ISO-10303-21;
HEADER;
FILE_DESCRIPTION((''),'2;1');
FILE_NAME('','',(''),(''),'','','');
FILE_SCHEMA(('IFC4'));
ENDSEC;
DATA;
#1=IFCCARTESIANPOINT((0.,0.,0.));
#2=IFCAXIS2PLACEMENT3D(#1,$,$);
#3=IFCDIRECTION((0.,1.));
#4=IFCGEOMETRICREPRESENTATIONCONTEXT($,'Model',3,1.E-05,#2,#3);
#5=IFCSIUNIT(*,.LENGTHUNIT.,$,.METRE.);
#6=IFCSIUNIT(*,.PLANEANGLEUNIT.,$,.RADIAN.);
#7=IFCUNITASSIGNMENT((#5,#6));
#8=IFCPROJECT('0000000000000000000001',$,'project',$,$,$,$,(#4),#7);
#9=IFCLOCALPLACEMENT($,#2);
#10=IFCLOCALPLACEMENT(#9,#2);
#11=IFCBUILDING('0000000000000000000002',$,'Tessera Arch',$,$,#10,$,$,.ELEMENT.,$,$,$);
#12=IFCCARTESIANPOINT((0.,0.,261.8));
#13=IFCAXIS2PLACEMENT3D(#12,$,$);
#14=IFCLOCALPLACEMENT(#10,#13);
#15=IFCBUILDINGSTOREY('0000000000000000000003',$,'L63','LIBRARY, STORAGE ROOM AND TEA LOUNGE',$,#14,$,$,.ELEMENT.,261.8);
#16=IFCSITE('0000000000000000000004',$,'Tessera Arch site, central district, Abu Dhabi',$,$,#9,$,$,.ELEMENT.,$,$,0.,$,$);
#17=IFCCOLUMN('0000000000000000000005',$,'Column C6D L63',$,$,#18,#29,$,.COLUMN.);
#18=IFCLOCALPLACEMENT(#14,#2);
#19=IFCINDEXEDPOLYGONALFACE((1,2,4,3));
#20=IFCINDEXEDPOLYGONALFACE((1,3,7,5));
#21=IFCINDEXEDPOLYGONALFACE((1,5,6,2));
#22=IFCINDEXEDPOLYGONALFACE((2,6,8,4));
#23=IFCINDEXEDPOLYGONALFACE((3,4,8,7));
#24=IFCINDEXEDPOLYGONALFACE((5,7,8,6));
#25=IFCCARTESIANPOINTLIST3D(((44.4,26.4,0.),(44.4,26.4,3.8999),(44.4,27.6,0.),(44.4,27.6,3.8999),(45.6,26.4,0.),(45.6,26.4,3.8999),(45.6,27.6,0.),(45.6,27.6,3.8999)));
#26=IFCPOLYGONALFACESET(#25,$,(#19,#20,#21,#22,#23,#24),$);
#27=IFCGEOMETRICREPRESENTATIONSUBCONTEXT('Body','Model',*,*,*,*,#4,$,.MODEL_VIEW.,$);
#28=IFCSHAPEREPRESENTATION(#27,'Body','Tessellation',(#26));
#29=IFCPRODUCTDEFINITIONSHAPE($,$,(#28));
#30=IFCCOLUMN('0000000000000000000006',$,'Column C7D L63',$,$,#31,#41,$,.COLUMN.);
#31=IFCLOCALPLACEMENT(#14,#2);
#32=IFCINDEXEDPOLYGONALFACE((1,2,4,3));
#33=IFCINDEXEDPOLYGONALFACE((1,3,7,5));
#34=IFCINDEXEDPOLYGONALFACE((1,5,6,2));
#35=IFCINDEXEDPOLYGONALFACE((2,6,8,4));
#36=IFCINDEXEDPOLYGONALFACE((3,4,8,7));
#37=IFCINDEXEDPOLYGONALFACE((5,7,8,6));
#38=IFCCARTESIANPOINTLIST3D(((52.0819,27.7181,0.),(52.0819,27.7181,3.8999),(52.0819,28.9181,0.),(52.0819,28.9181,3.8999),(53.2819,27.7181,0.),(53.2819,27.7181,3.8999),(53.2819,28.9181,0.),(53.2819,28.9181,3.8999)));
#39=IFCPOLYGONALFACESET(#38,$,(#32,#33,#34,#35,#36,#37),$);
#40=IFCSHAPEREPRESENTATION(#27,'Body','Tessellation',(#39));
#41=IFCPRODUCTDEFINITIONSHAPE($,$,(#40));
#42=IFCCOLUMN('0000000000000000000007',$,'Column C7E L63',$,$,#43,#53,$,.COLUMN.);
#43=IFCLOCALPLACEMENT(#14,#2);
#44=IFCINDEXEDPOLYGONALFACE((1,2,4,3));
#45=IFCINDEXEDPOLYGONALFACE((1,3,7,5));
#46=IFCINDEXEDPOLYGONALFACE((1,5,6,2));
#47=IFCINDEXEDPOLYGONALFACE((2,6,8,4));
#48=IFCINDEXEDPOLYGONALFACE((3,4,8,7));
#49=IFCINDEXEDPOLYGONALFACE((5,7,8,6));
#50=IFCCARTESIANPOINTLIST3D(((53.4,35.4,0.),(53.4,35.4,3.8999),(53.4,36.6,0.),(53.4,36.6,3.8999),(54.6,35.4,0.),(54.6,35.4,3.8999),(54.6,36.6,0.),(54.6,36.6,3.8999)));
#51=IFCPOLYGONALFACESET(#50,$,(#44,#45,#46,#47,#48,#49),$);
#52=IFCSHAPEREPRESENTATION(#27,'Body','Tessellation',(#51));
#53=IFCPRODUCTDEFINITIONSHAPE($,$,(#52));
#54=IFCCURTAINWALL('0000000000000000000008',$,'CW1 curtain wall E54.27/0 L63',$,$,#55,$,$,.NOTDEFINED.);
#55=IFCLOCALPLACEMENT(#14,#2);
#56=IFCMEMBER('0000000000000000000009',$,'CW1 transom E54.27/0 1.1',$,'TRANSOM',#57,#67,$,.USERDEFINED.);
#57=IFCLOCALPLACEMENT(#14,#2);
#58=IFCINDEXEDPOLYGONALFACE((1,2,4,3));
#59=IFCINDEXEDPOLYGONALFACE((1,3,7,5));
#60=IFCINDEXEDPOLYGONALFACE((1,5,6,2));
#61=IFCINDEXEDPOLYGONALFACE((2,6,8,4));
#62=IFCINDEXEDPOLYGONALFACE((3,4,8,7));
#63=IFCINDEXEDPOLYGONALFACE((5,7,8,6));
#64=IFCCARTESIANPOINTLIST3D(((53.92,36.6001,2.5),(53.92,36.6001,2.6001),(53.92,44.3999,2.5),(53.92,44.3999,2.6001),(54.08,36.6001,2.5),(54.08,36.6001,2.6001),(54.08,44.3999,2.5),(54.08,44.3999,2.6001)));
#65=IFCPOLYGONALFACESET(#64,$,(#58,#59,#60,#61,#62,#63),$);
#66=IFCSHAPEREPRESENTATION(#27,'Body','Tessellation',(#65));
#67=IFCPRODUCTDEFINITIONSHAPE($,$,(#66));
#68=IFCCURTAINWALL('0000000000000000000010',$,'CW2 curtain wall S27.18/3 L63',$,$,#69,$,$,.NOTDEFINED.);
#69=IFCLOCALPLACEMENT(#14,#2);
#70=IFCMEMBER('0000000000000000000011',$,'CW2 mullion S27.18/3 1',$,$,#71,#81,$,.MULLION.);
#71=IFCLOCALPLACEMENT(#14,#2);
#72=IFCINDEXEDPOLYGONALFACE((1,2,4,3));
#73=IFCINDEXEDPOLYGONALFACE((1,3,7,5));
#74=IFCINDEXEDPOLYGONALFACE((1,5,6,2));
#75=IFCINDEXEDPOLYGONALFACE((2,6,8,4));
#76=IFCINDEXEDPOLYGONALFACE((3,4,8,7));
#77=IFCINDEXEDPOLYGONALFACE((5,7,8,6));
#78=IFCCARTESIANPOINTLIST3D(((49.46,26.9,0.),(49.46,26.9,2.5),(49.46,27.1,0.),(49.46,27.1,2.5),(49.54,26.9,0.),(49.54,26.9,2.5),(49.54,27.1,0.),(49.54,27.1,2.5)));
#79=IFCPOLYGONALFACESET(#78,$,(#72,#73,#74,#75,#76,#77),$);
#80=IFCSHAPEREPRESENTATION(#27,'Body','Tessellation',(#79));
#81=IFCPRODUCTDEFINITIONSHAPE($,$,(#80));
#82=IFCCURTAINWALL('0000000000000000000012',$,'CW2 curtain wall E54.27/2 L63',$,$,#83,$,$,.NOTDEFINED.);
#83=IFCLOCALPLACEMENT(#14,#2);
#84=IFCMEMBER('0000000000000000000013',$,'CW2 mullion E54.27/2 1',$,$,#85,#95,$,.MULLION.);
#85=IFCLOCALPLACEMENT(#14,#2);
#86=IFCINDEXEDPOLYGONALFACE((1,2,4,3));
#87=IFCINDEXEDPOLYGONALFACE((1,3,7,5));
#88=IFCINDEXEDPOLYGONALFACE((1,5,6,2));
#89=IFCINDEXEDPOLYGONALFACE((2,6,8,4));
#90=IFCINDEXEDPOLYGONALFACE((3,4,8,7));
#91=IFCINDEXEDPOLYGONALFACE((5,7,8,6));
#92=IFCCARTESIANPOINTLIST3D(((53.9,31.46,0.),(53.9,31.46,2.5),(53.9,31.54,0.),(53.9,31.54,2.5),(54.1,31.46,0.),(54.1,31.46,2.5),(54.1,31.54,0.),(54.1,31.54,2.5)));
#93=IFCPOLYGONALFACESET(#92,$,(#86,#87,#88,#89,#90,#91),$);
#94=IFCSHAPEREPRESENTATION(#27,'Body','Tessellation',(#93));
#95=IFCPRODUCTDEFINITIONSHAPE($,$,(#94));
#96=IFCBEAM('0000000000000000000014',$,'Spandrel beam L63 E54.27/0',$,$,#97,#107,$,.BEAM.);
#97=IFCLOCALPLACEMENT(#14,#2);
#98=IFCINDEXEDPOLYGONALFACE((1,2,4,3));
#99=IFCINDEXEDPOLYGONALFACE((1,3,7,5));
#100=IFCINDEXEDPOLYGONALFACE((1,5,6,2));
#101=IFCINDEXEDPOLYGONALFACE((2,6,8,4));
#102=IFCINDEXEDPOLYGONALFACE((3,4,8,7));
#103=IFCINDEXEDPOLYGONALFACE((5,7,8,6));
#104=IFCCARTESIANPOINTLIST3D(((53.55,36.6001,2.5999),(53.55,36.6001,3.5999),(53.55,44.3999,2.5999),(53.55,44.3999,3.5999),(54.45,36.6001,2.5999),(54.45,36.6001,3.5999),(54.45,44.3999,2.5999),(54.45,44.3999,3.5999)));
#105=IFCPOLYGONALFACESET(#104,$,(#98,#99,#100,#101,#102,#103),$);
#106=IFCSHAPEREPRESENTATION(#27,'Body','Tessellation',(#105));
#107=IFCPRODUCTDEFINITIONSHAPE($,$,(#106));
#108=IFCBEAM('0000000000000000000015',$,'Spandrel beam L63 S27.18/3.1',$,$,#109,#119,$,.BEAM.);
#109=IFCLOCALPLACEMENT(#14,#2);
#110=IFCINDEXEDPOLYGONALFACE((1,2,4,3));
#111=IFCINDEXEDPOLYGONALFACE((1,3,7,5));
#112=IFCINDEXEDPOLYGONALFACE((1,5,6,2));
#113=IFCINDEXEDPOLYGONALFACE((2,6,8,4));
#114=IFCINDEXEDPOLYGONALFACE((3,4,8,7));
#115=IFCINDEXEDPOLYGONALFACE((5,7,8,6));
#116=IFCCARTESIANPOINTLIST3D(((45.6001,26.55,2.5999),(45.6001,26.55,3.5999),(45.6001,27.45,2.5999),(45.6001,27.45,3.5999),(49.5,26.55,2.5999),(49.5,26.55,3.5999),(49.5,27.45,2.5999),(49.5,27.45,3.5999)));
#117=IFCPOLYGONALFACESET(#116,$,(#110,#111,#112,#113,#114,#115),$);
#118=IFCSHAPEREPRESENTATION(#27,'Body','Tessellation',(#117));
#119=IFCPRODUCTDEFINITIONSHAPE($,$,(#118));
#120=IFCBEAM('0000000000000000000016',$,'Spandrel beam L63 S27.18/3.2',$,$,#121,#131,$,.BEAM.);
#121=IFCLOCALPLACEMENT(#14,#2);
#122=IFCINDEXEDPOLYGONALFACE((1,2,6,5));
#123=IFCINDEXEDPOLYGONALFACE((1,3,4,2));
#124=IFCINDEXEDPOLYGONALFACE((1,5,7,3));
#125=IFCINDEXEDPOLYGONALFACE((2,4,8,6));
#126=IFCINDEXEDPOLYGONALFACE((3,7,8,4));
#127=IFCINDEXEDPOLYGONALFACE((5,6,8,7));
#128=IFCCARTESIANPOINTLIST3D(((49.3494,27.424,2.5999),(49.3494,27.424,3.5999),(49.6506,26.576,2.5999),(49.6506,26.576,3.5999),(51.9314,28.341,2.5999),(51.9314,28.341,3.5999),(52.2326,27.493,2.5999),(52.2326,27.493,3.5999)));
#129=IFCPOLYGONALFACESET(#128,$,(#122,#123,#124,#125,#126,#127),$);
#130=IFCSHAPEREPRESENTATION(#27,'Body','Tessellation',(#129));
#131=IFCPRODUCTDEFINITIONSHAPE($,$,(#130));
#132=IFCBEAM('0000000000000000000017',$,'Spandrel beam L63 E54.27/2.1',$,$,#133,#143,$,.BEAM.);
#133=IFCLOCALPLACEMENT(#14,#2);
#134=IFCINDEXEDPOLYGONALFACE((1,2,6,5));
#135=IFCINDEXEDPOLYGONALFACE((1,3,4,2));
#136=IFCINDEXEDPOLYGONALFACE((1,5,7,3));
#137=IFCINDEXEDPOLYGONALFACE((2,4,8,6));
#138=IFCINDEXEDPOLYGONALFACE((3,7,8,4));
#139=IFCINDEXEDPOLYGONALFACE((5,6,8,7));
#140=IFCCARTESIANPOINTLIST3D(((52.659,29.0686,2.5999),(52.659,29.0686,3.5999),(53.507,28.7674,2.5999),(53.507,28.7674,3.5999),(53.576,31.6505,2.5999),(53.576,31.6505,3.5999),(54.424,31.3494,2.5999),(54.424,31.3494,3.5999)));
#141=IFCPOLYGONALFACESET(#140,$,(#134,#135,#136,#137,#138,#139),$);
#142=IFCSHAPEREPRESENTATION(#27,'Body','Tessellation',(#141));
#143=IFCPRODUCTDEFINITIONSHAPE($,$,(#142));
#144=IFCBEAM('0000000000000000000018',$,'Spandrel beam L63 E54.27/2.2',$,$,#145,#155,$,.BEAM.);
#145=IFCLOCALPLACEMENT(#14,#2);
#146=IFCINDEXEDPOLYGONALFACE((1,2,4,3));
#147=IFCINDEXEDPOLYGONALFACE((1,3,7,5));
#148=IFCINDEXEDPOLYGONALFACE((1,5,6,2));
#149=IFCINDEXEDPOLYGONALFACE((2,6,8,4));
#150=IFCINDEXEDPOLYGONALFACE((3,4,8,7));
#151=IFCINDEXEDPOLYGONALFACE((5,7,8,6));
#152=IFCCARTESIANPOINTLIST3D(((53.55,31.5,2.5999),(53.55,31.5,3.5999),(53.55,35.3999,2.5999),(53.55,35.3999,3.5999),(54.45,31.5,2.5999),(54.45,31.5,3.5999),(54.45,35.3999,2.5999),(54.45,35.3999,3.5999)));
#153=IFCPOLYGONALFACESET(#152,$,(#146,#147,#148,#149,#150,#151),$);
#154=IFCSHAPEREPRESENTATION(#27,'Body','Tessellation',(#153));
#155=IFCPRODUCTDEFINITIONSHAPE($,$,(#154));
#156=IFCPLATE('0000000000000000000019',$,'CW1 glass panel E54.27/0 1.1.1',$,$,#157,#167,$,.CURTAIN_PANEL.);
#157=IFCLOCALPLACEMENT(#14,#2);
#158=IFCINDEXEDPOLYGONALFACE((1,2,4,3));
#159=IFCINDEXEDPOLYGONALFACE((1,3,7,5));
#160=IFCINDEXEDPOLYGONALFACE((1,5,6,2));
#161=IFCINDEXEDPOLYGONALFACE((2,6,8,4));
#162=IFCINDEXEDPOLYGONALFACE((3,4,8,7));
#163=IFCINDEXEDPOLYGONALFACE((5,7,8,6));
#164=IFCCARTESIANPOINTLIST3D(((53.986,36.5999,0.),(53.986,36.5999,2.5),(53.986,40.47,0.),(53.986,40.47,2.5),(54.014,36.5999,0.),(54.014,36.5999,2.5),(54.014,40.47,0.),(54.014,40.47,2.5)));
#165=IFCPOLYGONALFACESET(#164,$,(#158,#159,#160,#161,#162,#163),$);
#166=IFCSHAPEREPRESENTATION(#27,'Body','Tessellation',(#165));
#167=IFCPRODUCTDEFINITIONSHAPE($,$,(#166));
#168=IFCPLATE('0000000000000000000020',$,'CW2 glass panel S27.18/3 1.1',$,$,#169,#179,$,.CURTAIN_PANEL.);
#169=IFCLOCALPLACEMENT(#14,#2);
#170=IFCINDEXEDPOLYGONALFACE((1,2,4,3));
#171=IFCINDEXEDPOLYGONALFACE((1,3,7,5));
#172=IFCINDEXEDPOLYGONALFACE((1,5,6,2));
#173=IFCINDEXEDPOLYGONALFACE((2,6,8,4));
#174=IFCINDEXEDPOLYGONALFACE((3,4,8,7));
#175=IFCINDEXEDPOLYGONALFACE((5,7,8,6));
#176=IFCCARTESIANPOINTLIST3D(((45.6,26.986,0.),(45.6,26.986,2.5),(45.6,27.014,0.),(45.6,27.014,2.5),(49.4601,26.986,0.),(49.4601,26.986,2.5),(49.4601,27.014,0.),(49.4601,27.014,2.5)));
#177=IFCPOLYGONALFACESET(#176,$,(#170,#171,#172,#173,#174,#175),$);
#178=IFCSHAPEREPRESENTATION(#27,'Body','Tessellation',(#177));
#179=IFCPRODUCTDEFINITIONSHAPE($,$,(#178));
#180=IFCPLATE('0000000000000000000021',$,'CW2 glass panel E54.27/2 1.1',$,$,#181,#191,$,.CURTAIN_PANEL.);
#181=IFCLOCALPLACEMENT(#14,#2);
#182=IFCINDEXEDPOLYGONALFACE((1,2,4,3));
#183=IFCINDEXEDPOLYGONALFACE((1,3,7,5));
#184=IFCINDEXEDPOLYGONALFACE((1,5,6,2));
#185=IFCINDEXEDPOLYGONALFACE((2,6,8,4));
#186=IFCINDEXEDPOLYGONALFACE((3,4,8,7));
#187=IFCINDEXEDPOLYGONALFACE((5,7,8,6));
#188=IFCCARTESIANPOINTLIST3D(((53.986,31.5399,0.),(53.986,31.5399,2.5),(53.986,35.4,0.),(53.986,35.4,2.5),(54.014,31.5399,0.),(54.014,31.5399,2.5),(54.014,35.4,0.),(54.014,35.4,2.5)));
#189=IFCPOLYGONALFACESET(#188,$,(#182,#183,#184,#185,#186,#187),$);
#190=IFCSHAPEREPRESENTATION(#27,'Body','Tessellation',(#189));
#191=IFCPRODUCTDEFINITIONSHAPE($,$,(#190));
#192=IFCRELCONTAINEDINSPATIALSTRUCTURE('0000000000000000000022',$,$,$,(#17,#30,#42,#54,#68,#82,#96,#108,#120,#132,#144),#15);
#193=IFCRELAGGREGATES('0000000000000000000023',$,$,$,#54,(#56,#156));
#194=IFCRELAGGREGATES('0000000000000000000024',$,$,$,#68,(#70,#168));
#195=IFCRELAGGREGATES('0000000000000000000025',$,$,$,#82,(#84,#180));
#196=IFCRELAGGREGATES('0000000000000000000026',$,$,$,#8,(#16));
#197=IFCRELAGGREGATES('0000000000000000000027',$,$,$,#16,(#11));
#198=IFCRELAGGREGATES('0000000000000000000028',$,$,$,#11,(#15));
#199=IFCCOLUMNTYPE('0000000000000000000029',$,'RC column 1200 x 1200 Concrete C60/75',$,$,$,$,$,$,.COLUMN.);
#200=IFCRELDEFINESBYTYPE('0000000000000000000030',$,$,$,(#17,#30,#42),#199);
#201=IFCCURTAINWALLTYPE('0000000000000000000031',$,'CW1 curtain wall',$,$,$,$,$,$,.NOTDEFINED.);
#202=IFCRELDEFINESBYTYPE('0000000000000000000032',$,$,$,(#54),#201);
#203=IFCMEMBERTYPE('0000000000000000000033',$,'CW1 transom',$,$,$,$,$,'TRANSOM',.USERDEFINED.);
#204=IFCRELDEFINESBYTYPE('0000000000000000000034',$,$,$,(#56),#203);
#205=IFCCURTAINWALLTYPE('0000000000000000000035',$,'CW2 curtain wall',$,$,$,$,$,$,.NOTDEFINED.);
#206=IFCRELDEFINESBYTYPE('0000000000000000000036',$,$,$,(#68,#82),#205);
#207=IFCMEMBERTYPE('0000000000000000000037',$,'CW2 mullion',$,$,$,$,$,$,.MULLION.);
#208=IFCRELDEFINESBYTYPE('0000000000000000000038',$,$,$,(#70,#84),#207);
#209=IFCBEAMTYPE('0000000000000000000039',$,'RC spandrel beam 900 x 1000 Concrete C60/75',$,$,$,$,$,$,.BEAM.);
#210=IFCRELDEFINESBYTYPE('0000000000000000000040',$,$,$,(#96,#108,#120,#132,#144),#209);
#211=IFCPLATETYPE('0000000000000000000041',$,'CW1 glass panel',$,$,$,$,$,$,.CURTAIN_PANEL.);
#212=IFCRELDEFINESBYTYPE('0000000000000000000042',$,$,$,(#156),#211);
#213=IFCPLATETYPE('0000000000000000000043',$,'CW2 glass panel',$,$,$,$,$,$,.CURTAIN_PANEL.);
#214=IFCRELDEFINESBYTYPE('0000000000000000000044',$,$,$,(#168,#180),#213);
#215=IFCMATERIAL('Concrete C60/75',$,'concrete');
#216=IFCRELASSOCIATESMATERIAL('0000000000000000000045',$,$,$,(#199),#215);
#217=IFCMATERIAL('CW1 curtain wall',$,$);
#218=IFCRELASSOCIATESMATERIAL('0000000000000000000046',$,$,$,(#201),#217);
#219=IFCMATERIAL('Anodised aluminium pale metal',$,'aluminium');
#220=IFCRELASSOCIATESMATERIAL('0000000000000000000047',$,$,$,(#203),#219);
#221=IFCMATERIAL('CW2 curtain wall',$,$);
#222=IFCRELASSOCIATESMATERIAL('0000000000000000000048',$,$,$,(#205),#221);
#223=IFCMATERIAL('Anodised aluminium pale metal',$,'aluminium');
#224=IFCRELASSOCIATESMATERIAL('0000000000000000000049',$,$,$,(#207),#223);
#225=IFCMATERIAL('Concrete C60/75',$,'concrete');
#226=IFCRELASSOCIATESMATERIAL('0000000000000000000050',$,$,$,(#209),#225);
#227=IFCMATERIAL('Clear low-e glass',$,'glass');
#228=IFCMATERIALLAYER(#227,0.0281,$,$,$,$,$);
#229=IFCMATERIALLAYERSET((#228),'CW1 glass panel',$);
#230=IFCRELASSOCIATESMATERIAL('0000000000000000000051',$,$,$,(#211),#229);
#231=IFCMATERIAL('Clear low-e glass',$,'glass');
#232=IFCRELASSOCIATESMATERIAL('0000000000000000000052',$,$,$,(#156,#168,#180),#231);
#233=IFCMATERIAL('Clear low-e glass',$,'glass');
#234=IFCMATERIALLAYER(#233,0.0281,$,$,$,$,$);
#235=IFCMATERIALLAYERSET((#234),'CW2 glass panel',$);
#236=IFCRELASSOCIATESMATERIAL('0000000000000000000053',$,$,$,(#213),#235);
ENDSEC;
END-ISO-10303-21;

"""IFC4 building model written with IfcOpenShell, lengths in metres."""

from ifc_helpers import new_model, si_unit, direction, frame, origin, origin_2d, place, context, subcontext, project, spatial, rectangle, extrude, material, layer, layer_set, material_profile, profile_set, type_object, element, aggregate, save


model = new_model("IFC4")

# Units and contexts
model_context = context("Model", 3, precision=1e-05, world=origin(), true_north=direction((0.0, 1.0)))
body_context = subcontext(model_context, "Body", "Model", "MODEL_VIEW")
ifc_project = project(units=[si_unit("LENGTHUNIT", "METRE"), si_unit("PLANEANGLEUNIT", "RADIAN")], contexts=[model_context])

# Site, building, storey
site_placement = place(None, origin())
site = spatial("IfcSite", under=ifc_project, at=site_placement, Name="Tessera Arch site, central district, Abu Dhabi", CompositionType="ELEMENT", RefElevation=0.0)
building_placement = place(site_placement, origin())
building = spatial("IfcBuilding", under=site, at=building_placement, Name="Tessera Arch", CompositionType="ELEMENT")
storey_placement = place(building_placement, frame((0.0, 0.0, 261.8)))
storey = spatial("IfcBuildingStorey", under=building, at=storey_placement, Name="L63", Description="LIBRARY, STORAGE ROOM AND TEA LOUNGE", CompositionType="ELEMENT", Elevation=261.8)

# Columns
ifc_material_1 = material(Name="Concrete C60/75", Category="concrete")
ifc_material_profile_1 = material_profile(ifc_material_1, rectangle(XDim=1.2, YDim=1.2, at=origin_2d()), Name="RC column 1200 x 1200 Concrete C60/75")
ifc_profile_set_1 = profile_set([ifc_material_profile_1], Name="Concrete C60/75")
column_type = type_object("IfcColumnType", Name="RC column 1200 x 1200 Concrete C60/75", PredefinedType="COLUMN", material=ifc_profile_set_1)
for number, where, z_axis, x_axis, name in (
    (1, (45.0, 27.0, 0.0), (0.0, 0.0, 1.0), (1.0, 0.0, 0.0), "Column C6D L63"),
    (2, (52.6819, 28.3181, 0.0), (0.0, 0.0, 1.0), (1.0, 0.0, 0.0), "Column C7D L63"),
    (3, (54.0, 36.0, 0.0), (0.0, 0.0, 1.0), (1.0, 0.0, 0.0), "Column C7E L63"),
):
    element("IfcColumn", number, at=place(storey_placement, frame(where, z_axis=z_axis, x_axis=x_axis)), inside=storey, type_object=column_type, Name=name, PredefinedType="COLUMN", context=body_context, shape_type="SweptSolid", body=[
        extrude(rectangle(XDim=1.2, YDim=1.2, at=origin_2d()), origin(), (0.0, 0.0, 1.0), 3.8999),
    ])

# Curtain walls, members
ifc_material_2 = material(Name="CW1 curtain wall")
curtain_wall_type_1 = type_object("IfcCurtainWallType", Name="CW1 curtain wall", PredefinedType="NOTDEFINED", material=ifc_material_2)
curtain_wall_1_placement = place(storey_placement, origin())
curtain_wall_1 = element("IfcCurtainWall", 4, at=curtain_wall_1_placement, inside=storey, type_object=curtain_wall_type_1, Name="CW1 curtain wall E54.27/0 L63", PredefinedType="NOTDEFINED")
ifc_material_3 = material(Name="Anodised aluminium pale metal", Category="aluminium")
ifc_material_profile_2 = material_profile(ifc_material_3, rectangle(XDim=0.1599, YDim=0.1001, at=origin_2d()), Name="AL 160x100")
ifc_profile_set_2 = profile_set([ifc_material_profile_2], Name="Anodised aluminium pale metal")
member_type_1 = type_object("IfcMemberType", Name="CW1 transom", ElementType="TRANSOM", PredefinedType="USERDEFINED", material=ifc_profile_set_2)
member_1_placement = place(storey_placement, frame((54.0, 36.6001, 2.55), z_axis=(0.0, 1.0, 0.0), x_axis=(-1.0, 0.0, 0.0)))
member_1 = element("IfcMember", 5, at=member_1_placement, type_object=member_type_1, Name="CW1 transom E54.27/0 1.1", ObjectType="TRANSOM", PredefinedType="USERDEFINED", context=body_context, shape_type="SweptSolid", body=[
    extrude(rectangle(XDim=0.1599, YDim=0.1001, at=origin_2d()), origin(), (0.0, 0.0, 1.0), 7.7998),
])
ifc_material_4 = material(Name="CW2 curtain wall")
curtain_wall_type_2 = type_object("IfcCurtainWallType", Name="CW2 curtain wall", PredefinedType="NOTDEFINED", material=ifc_material_4)
curtain_wall_2_placement = place(storey_placement, origin())
curtain_wall_2 = element("IfcCurtainWall", 6, at=curtain_wall_2_placement, inside=storey, type_object=curtain_wall_type_2, Name="CW2 curtain wall S27.18/3 L63", PredefinedType="NOTDEFINED")
ifc_material_5 = material(Name="Anodised aluminium pale metal", Category="aluminium")
ifc_material_profile_3 = material_profile(ifc_material_5, rectangle(XDim=0.2, YDim=0.0801, at=origin_2d()), Name="AL 80x200")
ifc_profile_set_3 = profile_set([ifc_material_profile_3], Name="Anodised aluminium pale metal")
member_type_2 = type_object("IfcMemberType", Name="CW2 mullion", PredefinedType="MULLION", material=ifc_profile_set_3)
member_2_placement = place(storey_placement, frame((49.5, 27.0, 0.0), z_axis=(0.0, 0.0, 1.0), x_axis=(0.0, 1.0, 0.0)))
member_2 = element("IfcMember", 7, at=member_2_placement, type_object=member_type_2, Name="CW2 mullion S27.18/3 1", PredefinedType="MULLION", context=body_context, shape_type="SweptSolid", body=[
    extrude(rectangle(XDim=0.2, YDim=0.0801, at=origin_2d()), origin(), (0.0, 0.0, 1.0), 2.5),
])
curtain_wall_3_placement = place(storey_placement, origin())
curtain_wall_3 = element("IfcCurtainWall", 8, at=curtain_wall_3_placement, inside=storey, type_object=curtain_wall_type_2, Name="CW2 curtain wall E54.27/2 L63", PredefinedType="NOTDEFINED")
member_3_placement = place(storey_placement, frame((54.0, 31.5, 0.0), z_axis=(0.0, 0.0, 1.0), x_axis=(-1.0, 0.0, 0.0)))
member_3 = element("IfcMember", 9, at=member_3_placement, type_object=member_type_2, Name="CW2 mullion E54.27/2 1", PredefinedType="MULLION", context=body_context, shape_type="SweptSolid", body=[
    extrude(rectangle(XDim=0.2, YDim=0.0801, at=origin_2d()), origin(), (0.0, 0.0, 1.0), 2.5),
])

# Beams
ifc_material_6 = material(Name="Concrete C60/75", Category="concrete")
ifc_material_profile_4 = material_profile(ifc_material_6, rectangle(XDim=0.8999, YDim=1.0, at=origin_2d()), Name="RC spandrel beam 900 x 1000 Concrete C60/75")
ifc_profile_set_4 = profile_set([ifc_material_profile_4], Name="Concrete C60/75")
beam_type = type_object("IfcBeamType", Name="RC spandrel beam 900 x 1000 Concrete C60/75", PredefinedType="BEAM", material=ifc_profile_set_4)
beam_1_placement = place(storey_placement, frame((54.0, 36.6001, 3.0999), z_axis=(0.0, 1.0, 0.0), x_axis=(-1.0, 0.0, 0.0)))
element("IfcBeam", 10, at=beam_1_placement, inside=storey, type_object=beam_type, Name="Spandrel beam L63 E54.27/0", PredefinedType="BEAM", context=body_context, shape_type="SweptSolid", body=[
    extrude(rectangle(XDim=0.8999, YDim=1.0, at=origin_2d()), origin(), (0.0, 0.0, 1.0), 7.7998),
])
beam_2_placement = place(storey_placement, frame((45.6001, 27.0, 3.0999), z_axis=(1.0, 0.0, 0.0), x_axis=(0.0, 1.0, 0.0)))
element("IfcBeam", 11, at=beam_2_placement, inside=storey, type_object=beam_type, Name="Spandrel beam L63 S27.18/3.1", PredefinedType="BEAM", context=body_context, shape_type="SweptSolid", body=[
    extrude(rectangle(XDim=0.8999, YDim=1.0, at=origin_2d()), origin(), (0.0, 0.0, 1.0), 3.8999),
])
for number, where, z_axis, x_axis, name in (
    (12, (49.5, 27.0, 3.0999), (0.942337, 0.334665, 0.0), (-0.334665, 0.942337, 0.0), "Spandrel beam L63 S27.18/3.2"),
    (13, (53.083, 28.918, 3.0999), (0.334665, 0.942337, 0.0), (-0.942337, 0.334665, 0.0), "Spandrel beam L63 E54.27/2.1"),
):
    element("IfcBeam", number, at=place(storey_placement, frame(where, z_axis=z_axis, x_axis=x_axis)), inside=storey, type_object=beam_type, Name=name, PredefinedType="BEAM", context=body_context, shape_type="SweptSolid", body=[
        extrude(rectangle(XDim=0.8999, YDim=1.0, at=origin_2d()), origin(), (0.0, 0.0, 1.0), 2.74),
    ])
beam_3_placement = place(storey_placement, frame((54.0, 31.5, 3.0999), z_axis=(0.0, 1.0, 0.0), x_axis=(-1.0, 0.0, 0.0)))
element("IfcBeam", 14, at=beam_3_placement, inside=storey, type_object=beam_type, Name="Spandrel beam L63 E54.27/2.2", PredefinedType="BEAM", context=body_context, shape_type="SweptSolid", body=[
    extrude(rectangle(XDim=0.8999, YDim=1.0, at=origin_2d()), origin(), (0.0, 0.0, 1.0), 3.8999),
])

# Plates
ifc_material_7 = material(Name="Clear low-e glass", Category="glass")
ifc_material_8 = material(Name="Clear low-e glass", Category="glass")
ifc_layer_1 = layer(ifc_material_8, 0.0281)
ifc_layer_set_1 = layer_set([ifc_layer_1], Name="CW1 glass panel")
plate_type_1 = type_object("IfcPlateType", Name="CW1 glass panel", PredefinedType="CURTAIN_PANEL", material=ifc_layer_set_1)
plate_1_placement = place(storey_placement, frame((54.0, 38.5349, 0.0), z_axis=(0.0, 0.0, 1.0), x_axis=(0.0, 1.0, 0.0)))
plate_1 = element("IfcPlate", 15, at=plate_1_placement, type_object=plate_type_1, material=ifc_material_7, Name="CW1 glass panel E54.27/0 1.1.1", PredefinedType="CURTAIN_PANEL", context=body_context, shape_type="SweptSolid", body=[
    extrude(rectangle(XDim=3.8701, YDim=0.0281, at=origin_2d()), origin(), (0.0, 0.0, 1.0), 2.5),
])
aggregate(curtain_wall_1, [member_1, plate_1])
ifc_material_9 = material(Name="Clear low-e glass", Category="glass")
ifc_layer_2 = layer(ifc_material_9, 0.0281)
ifc_layer_set_2 = layer_set([ifc_layer_2], Name="CW2 glass panel")
plate_type_2 = type_object("IfcPlateType", Name="CW2 glass panel", PredefinedType="CURTAIN_PANEL", material=ifc_layer_set_2)
plate_2_placement = place(storey_placement, frame((47.53, 27.0, 0.0), z_axis=(0.0, 0.0, 1.0), x_axis=(1.0, 0.0, 0.0)))
plate_2 = element("IfcPlate", 16, at=plate_2_placement, type_object=plate_type_2, material=ifc_material_7, Name="CW2 glass panel S27.18/3 1.1", PredefinedType="CURTAIN_PANEL", context=body_context, shape_type="SweptSolid", body=[
    extrude(rectangle(XDim=3.8601, YDim=0.0281, at=origin_2d()), origin(), (0.0, 0.0, 1.0), 2.5),
])
aggregate(curtain_wall_2, [member_2, plate_2])
plate_3_placement = place(storey_placement, frame((54.0, 33.47, 0.0), z_axis=(0.0, 0.0, 1.0), x_axis=(0.0, 1.0, 0.0)))
plate_3 = element("IfcPlate", 17, at=plate_3_placement, type_object=plate_type_2, material=ifc_material_7, Name="CW2 glass panel E54.27/2 1.1", PredefinedType="CURTAIN_PANEL", context=body_context, shape_type="SweptSolid", body=[
    extrude(rectangle(XDim=3.8601, YDim=0.0281, at=origin_2d()), origin(), (0.0, 0.0, 1.0), 2.5),
])
aggregate(curtain_wall_3, [member_3, plate_3])

save(model, "model.ifc")
